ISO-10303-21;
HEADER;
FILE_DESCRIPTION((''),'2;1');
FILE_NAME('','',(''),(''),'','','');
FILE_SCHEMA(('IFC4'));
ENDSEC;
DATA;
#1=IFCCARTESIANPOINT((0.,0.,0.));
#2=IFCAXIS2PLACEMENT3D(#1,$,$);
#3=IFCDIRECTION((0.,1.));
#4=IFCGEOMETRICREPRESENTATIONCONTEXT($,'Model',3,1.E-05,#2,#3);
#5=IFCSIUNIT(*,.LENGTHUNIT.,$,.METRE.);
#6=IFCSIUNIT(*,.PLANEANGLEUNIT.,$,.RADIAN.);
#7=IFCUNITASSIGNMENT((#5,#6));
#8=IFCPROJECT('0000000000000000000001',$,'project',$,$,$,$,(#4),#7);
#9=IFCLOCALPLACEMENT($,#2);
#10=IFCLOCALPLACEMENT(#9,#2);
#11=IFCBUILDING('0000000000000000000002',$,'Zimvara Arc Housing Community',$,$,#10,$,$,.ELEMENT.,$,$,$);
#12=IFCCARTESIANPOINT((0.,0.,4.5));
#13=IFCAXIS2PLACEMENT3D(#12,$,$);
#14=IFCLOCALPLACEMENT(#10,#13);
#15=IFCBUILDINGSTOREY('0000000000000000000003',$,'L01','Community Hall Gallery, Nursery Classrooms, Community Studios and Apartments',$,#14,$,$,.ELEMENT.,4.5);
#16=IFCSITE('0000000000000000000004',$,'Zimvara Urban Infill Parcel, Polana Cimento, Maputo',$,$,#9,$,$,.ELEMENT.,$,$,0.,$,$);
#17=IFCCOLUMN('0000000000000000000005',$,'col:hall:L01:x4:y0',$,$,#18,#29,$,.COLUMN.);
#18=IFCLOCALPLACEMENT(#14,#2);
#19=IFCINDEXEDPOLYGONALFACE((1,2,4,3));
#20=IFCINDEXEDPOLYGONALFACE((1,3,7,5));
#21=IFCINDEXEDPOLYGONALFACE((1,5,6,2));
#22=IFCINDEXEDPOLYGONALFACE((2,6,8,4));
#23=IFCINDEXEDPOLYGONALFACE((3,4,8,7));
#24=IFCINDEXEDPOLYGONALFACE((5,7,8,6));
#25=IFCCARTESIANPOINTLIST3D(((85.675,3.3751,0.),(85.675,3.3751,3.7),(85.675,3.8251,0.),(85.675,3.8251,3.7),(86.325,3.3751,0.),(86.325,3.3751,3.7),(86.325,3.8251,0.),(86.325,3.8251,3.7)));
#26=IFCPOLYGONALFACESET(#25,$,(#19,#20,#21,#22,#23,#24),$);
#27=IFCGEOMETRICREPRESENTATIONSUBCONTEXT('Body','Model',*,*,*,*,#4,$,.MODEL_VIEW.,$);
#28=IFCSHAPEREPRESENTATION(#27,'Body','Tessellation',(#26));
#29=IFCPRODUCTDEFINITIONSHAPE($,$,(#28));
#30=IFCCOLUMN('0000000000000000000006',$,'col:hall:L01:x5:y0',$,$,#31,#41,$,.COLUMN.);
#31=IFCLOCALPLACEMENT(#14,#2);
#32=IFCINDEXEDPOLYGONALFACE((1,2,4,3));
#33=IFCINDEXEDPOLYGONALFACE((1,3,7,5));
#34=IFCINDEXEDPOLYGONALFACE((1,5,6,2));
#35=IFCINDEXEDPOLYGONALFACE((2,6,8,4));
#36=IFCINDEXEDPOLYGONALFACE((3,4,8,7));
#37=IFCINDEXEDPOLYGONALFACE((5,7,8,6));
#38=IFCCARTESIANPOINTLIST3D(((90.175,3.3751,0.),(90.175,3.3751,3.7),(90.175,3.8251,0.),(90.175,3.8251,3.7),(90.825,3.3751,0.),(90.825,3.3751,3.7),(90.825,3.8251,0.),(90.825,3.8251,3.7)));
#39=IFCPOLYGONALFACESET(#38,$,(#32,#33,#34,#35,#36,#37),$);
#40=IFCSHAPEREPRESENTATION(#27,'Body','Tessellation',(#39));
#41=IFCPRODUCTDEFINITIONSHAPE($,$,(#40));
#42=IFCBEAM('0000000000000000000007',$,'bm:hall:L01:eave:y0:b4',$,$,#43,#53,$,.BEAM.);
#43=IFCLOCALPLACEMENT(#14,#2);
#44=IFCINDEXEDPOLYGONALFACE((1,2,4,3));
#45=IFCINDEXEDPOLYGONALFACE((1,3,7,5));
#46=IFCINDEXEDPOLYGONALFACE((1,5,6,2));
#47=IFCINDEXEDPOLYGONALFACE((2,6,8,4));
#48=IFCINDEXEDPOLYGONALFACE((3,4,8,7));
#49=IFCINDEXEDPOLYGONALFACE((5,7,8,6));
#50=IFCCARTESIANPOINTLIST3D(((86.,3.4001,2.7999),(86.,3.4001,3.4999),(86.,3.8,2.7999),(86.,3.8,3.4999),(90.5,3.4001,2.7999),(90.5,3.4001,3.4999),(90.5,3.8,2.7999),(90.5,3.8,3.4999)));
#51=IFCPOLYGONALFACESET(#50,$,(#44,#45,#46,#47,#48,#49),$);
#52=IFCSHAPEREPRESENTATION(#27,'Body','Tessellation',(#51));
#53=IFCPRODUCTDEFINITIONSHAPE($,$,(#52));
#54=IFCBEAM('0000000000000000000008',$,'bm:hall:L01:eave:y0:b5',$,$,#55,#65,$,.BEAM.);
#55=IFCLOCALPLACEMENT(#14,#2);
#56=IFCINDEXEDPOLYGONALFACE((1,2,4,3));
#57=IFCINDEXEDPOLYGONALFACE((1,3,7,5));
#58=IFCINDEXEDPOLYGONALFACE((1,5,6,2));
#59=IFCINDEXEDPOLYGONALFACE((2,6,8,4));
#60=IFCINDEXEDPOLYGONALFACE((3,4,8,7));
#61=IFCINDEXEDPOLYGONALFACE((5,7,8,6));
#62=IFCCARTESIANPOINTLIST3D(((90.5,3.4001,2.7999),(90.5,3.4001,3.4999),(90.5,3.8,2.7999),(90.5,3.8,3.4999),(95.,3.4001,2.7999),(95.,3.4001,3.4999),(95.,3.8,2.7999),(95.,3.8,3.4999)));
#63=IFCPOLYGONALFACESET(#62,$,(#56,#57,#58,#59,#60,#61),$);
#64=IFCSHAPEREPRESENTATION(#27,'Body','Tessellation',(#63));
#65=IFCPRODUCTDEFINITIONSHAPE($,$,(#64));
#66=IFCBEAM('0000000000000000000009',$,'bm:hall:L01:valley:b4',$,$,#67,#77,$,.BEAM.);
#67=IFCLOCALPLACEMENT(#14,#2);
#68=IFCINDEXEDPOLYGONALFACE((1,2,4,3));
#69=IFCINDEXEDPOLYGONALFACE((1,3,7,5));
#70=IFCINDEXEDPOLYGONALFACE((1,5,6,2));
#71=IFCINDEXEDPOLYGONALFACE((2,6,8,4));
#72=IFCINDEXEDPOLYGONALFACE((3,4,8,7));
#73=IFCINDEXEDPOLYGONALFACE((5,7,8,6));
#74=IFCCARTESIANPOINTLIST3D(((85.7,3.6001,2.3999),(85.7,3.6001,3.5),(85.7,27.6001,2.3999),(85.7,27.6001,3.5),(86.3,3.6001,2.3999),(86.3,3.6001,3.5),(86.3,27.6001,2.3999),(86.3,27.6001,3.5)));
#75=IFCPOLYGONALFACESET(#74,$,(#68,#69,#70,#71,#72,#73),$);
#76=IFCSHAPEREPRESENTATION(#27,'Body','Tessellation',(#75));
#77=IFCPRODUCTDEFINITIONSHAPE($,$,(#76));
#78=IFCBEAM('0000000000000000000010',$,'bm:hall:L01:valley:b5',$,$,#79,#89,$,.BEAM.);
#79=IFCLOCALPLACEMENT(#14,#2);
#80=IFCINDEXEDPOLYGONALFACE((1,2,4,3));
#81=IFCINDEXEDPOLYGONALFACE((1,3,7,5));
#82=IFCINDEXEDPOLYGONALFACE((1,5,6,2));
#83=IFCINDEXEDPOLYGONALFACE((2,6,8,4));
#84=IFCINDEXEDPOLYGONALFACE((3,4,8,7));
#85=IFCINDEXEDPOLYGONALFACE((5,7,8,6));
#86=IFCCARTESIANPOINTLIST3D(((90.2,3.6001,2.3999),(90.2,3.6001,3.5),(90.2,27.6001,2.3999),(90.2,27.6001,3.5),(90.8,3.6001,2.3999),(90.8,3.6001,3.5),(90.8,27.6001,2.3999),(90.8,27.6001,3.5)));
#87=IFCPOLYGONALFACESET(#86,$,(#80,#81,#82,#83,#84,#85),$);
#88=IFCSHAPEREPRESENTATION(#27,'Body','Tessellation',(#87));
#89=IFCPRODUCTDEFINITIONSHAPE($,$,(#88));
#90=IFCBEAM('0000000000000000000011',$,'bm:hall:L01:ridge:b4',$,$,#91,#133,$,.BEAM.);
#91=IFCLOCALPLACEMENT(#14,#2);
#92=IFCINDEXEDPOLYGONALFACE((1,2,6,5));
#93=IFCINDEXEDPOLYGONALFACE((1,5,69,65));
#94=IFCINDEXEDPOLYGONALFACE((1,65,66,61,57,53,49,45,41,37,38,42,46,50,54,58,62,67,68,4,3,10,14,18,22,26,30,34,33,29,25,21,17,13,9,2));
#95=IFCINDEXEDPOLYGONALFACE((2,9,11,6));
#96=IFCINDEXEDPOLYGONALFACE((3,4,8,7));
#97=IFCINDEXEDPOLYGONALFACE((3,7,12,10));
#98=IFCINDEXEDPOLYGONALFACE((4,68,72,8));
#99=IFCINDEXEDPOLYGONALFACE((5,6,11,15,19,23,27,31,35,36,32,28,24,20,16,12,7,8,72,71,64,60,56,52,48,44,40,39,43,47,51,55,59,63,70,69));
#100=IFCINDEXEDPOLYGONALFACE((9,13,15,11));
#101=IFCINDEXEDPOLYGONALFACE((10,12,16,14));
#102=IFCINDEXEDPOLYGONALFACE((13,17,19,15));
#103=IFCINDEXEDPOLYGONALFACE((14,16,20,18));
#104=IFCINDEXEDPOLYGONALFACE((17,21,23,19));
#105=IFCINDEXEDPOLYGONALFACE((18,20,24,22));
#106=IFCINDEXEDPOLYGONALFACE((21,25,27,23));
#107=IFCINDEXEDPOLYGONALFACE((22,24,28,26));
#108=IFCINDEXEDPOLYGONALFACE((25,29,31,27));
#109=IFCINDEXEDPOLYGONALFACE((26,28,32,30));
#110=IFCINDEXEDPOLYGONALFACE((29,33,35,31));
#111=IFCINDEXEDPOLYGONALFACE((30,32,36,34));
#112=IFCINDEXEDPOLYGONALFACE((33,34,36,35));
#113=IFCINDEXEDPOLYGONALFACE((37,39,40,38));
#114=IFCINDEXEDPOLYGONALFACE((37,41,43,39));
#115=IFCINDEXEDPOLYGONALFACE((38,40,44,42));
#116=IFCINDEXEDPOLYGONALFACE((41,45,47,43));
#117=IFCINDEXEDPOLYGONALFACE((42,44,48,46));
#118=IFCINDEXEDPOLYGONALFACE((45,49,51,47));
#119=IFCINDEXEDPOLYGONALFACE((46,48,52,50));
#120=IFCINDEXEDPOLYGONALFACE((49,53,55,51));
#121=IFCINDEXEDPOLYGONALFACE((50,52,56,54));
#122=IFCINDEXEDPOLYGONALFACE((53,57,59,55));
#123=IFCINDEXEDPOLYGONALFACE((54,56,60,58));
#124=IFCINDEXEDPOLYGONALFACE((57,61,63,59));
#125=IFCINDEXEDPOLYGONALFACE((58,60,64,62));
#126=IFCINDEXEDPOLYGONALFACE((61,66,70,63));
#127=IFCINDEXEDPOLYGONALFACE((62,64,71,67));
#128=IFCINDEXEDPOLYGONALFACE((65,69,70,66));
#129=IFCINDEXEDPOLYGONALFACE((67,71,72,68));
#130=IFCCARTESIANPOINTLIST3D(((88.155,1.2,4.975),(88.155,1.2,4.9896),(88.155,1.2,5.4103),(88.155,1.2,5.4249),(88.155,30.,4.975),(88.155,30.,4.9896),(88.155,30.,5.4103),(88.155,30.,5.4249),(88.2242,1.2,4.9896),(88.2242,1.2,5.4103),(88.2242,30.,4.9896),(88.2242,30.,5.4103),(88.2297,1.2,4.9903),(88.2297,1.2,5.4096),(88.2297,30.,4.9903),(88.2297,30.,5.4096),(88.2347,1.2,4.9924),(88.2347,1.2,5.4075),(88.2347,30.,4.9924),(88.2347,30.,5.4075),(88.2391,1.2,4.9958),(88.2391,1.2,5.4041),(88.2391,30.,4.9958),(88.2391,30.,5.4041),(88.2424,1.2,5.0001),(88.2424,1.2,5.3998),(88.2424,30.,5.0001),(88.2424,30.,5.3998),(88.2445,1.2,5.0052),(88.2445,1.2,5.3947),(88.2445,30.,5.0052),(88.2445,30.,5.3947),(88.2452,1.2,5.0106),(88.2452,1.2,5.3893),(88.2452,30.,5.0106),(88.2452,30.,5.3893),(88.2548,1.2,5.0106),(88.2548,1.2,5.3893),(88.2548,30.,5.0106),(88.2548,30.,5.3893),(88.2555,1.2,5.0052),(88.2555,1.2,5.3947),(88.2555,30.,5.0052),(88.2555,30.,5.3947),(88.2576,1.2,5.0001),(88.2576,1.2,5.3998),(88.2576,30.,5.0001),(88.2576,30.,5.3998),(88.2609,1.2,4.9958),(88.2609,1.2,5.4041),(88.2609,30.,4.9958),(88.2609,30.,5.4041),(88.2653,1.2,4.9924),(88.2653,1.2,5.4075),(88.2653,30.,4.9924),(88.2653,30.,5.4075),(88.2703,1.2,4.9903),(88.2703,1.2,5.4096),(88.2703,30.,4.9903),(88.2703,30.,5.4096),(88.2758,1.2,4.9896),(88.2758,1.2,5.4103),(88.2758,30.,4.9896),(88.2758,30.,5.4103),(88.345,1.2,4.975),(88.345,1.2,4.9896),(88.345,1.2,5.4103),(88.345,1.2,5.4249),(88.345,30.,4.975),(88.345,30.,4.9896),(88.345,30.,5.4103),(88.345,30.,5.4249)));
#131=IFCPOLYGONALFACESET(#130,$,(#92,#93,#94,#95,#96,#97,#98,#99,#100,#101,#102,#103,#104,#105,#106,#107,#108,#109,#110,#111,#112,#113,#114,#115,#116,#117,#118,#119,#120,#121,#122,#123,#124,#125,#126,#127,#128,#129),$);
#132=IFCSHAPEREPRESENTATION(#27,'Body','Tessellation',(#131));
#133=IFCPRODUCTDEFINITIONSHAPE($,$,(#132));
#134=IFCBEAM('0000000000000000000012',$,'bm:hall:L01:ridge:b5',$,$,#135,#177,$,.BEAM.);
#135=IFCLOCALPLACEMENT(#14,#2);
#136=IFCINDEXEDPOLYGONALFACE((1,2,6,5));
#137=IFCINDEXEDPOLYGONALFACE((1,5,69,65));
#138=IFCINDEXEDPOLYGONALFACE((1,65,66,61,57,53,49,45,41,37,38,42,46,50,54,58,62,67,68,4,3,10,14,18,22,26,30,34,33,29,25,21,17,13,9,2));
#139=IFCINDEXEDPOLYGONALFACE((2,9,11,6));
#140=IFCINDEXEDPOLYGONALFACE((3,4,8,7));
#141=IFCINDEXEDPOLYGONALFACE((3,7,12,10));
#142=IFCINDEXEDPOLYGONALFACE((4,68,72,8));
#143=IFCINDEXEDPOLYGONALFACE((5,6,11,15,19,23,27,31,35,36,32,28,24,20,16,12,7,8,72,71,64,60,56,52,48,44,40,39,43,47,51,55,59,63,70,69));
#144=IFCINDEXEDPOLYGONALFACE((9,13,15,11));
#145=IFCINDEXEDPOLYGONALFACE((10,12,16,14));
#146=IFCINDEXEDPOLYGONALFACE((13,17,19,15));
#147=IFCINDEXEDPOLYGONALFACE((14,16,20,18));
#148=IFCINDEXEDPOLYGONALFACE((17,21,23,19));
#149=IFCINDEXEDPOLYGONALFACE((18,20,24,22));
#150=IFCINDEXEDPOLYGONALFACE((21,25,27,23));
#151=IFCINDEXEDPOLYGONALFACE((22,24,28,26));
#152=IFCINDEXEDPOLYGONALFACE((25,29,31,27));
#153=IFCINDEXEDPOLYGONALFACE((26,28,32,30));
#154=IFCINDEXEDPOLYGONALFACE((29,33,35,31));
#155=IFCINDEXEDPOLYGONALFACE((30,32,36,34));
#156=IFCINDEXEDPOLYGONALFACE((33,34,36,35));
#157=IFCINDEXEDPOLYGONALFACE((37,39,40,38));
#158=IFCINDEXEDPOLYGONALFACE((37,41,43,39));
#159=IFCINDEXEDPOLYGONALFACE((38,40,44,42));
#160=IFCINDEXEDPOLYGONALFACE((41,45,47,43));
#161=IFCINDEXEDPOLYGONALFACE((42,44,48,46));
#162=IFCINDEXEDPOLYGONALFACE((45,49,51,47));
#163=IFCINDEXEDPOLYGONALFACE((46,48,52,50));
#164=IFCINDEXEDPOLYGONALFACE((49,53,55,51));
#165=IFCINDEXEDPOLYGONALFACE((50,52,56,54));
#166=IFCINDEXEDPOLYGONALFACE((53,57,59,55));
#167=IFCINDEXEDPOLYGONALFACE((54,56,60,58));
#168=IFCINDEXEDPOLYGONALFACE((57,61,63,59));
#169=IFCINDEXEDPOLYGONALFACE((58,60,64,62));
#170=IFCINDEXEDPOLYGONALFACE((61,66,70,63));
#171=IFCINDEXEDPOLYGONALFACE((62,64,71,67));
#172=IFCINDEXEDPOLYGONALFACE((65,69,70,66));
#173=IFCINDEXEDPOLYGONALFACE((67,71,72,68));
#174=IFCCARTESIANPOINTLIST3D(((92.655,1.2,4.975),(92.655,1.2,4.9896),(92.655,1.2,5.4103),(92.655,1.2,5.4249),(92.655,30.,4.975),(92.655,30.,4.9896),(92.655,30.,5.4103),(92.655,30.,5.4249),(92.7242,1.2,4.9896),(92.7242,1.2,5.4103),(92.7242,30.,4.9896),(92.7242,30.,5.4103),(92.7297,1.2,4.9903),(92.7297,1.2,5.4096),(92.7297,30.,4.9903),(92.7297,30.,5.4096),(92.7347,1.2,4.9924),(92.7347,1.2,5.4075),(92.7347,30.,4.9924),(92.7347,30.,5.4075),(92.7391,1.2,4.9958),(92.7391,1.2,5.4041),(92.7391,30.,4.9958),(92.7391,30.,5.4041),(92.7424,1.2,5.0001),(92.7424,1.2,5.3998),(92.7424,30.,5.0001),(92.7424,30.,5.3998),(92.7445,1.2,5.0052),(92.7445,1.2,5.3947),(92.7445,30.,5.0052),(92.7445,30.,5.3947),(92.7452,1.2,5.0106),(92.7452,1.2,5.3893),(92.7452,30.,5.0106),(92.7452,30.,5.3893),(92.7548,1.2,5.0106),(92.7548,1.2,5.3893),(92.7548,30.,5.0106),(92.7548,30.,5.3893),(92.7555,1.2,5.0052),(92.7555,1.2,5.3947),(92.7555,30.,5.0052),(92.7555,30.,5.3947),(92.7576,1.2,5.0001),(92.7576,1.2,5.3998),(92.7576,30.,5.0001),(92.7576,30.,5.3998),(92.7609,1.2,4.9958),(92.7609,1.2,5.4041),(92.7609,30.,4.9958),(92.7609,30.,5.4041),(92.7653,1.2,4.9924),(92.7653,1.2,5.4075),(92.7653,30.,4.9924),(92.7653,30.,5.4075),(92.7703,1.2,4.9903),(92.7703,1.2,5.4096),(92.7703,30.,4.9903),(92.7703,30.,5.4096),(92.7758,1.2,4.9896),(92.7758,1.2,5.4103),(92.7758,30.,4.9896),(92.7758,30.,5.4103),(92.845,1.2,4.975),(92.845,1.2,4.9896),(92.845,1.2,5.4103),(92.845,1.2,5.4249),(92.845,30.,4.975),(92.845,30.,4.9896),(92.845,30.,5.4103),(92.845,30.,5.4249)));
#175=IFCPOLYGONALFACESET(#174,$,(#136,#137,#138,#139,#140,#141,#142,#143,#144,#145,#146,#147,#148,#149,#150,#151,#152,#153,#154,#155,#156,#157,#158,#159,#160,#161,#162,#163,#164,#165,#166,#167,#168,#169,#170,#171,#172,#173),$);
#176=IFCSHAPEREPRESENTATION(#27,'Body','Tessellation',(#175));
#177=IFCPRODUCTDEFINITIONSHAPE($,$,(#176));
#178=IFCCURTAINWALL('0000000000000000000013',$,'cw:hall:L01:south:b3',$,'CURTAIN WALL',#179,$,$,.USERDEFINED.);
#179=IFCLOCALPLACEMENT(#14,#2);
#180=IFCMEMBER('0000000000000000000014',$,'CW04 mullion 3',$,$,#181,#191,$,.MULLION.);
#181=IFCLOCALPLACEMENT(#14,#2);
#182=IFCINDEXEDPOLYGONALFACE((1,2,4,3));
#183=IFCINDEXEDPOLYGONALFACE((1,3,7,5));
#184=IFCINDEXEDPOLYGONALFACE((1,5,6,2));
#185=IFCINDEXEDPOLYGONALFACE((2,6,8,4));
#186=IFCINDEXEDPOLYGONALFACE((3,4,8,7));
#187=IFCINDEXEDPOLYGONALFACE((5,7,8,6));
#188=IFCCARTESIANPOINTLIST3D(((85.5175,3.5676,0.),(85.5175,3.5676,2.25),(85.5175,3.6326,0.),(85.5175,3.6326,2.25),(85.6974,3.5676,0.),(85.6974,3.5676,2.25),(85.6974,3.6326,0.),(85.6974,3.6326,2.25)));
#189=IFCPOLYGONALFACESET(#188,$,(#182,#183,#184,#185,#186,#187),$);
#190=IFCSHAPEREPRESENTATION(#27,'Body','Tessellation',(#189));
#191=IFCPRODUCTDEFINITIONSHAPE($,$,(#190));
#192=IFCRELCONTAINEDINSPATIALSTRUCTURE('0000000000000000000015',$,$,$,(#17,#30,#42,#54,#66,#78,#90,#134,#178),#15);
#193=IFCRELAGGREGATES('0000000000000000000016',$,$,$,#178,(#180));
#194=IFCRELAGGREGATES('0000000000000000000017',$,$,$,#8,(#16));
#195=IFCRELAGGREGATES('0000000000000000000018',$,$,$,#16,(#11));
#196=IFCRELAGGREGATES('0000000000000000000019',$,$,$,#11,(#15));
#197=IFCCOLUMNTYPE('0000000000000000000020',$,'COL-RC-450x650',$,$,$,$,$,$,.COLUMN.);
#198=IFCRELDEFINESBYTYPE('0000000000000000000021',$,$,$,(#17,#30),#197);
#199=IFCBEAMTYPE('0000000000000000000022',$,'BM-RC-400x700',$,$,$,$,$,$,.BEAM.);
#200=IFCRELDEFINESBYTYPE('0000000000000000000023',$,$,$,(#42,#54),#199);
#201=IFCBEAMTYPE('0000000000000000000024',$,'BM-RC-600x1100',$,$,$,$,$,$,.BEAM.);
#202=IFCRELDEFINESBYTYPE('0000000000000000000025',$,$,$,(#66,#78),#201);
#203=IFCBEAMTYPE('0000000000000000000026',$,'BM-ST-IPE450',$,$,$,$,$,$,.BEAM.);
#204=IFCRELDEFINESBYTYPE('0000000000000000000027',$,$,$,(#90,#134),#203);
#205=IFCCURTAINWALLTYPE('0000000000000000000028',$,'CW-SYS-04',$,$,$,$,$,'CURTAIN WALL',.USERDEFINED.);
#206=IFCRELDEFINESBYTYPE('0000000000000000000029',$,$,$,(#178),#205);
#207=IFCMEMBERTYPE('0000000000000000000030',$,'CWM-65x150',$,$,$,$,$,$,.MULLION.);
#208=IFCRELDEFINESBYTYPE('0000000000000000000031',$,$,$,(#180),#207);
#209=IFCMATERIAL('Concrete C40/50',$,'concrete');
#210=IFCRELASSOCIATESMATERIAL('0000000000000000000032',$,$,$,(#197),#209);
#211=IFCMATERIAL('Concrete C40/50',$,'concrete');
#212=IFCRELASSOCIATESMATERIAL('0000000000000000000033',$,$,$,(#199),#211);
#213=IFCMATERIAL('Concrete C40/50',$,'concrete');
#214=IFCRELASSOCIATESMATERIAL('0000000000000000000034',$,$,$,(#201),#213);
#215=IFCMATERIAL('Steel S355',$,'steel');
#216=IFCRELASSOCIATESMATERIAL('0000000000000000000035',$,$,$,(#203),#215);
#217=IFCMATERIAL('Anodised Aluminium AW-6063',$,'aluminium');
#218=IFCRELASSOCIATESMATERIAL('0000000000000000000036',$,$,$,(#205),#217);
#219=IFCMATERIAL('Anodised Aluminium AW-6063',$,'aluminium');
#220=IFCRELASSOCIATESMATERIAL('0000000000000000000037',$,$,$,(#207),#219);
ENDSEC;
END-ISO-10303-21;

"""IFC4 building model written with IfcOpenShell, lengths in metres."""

from ifc_helpers import new_model, si_unit, direction, frame, origin, origin_2d, place, context, subcontext, project, spatial, rectangle, i_section, extrude, material, material_profile, profile_set, type_object, element, aggregate, save


model = new_model("IFC4")

# Units and contexts
model_context = context("Model", 3, precision=1e-05, world=origin(), true_north=direction((0.0, 1.0)))
body_context = subcontext(model_context, "Body", "Model", "MODEL_VIEW")
ifc_project = project(units=[si_unit("LENGTHUNIT", "METRE"), si_unit("PLANEANGLEUNIT", "RADIAN")], contexts=[model_context])

# Site, building, storey
site_placement = place(None, origin())
site = spatial("IfcSite", under=ifc_project, at=site_placement, Name="Zimvara Urban Infill Parcel, Polana Cimento, Maputo", CompositionType="ELEMENT", RefElevation=0.0)
building_placement = place(site_placement, origin())
building = spatial("IfcBuilding", under=site, at=building_placement, Name="Zimvara Arc Housing Community", CompositionType="ELEMENT")
storey_placement = place(building_placement, frame((0.0, 0.0, 4.5)))
storey = spatial("IfcBuildingStorey", under=building, at=storey_placement, Name="L01", Description="Community Hall Gallery, Nursery Classrooms, Community Studios and Apartments", CompositionType="ELEMENT", Elevation=4.5)

# Columns
ifc_material_1 = material(Name="Concrete C40/50", Category="concrete")
ifc_material_profile_1 = material_profile(ifc_material_1, rectangle(XDim=0.45, YDim=0.6499, at=origin_2d()), Name="RC 450x650")
ifc_profile_set_1 = profile_set([ifc_material_profile_1], Name="Concrete C40/50")
column_type = type_object("IfcColumnType", Name="COL-RC-450x650", PredefinedType="COLUMN", material=ifc_profile_set_1)
for number, where, z_axis, x_axis, name in (
    (1, (86.0, 3.6001, 0.0), (0.0, 0.0, 1.0), (0.0, 1.0, 0.0), "col:hall:L01:x4:y0"),
    (2, (90.5, 3.6001, 0.0), (0.0, 0.0, 1.0), (0.0, 1.0, 0.0), "col:hall:L01:x5:y0"),
):
    element("IfcColumn", number, at=place(storey_placement, frame(where, z_axis=z_axis, x_axis=x_axis)), inside=storey, type_object=column_type, Name=name, PredefinedType="COLUMN", context=body_context, shape_type="SweptSolid", body=[
        extrude(rectangle(XDim=0.45, YDim=0.6499, at=origin_2d()), origin(), (0.0, 0.0, 1.0), 3.7),
    ])

# Beams
ifc_material_2 = material(Name="Concrete C40/50", Category="concrete")
ifc_material_profile_2 = material_profile(ifc_material_2, rectangle(XDim=0.3999, YDim=0.7, at=origin_2d()), Name="RC 400x700")
ifc_profile_set_2 = profile_set([ifc_material_profile_2], Name="Concrete C40/50")
beam_type_1 = type_object("IfcBeamType", Name="BM-RC-400x700", PredefinedType="BEAM", material=ifc_profile_set_2)
for number, where, z_axis, x_axis, name in (
    (3, (86.0, 3.6001, 3.1499), (1.0, 0.0, 0.0), (0.0, 1.0, 0.0), "bm:hall:L01:eave:y0:b4"),
    (4, (90.5, 3.6001, 3.1499), (1.0, 0.0, 0.0), (0.0, 1.0, 0.0), "bm:hall:L01:eave:y0:b5"),
):
    element("IfcBeam", number, at=place(storey_placement, frame(where, z_axis=z_axis, x_axis=x_axis)), inside=storey, type_object=beam_type_1, Name=name, PredefinedType="BEAM", context=body_context, shape_type="SweptSolid", body=[
        extrude(rectangle(XDim=0.3999, YDim=0.7, at=origin_2d()), origin(), (0.0, 0.0, 1.0), 4.5),
    ])
ifc_material_3 = material(Name="Concrete C40/50", Category="concrete")
ifc_material_profile_3 = material_profile(ifc_material_3, rectangle(XDim=0.6001, YDim=1.1001, at=origin_2d()), Name="RC 600x1100")
ifc_profile_set_3 = profile_set([ifc_material_profile_3], Name="Concrete C40/50")
beam_type_2 = type_object("IfcBeamType", Name="BM-RC-600x1100", PredefinedType="BEAM", material=ifc_profile_set_3)
for number, where, z_axis, x_axis, name in (
    (5, (86.0, 3.6001, 2.95), (0.0, 1.0, 0.0), (-1.0, 0.0, 0.0), "bm:hall:L01:valley:b4"),
    (6, (90.5, 3.6001, 2.95), (0.0, 1.0, 0.0), (-1.0, 0.0, 0.0), "bm:hall:L01:valley:b5"),
):
    element("IfcBeam", number, at=place(storey_placement, frame(where, z_axis=z_axis, x_axis=x_axis)), inside=storey, type_object=beam_type_2, Name=name, PredefinedType="BEAM", context=body_context, shape_type="SweptSolid", body=[
        extrude(rectangle(XDim=0.6001, YDim=1.1001, at=origin_2d()), origin(), (0.0, 0.0, 1.0), 24.0),
    ])
ifc_material_4 = material(Name="Steel S355", Category="steel")
ifc_material_profile_4 = material_profile(ifc_material_4, i_section(OverallWidth=0.1899, OverallDepth=0.45, WebThickness=0.0095, FlangeThickness=0.0146, FilletRadius=0.021, at=origin_2d()), Name="IPE 450")
ifc_profile_set_4 = profile_set([ifc_material_profile_4], Name="Steel S355")
beam_type_3 = type_object("IfcBeamType", Name="BM-ST-IPE450", PredefinedType="BEAM", material=ifc_profile_set_4)
for number, where, z_axis, x_axis, name in (
    (7, (88.25, 1.2, 5.2), (0.0, 1.0, 0.0), (-1.0, 0.0, 0.0), "bm:hall:L01:ridge:b4"),
    (8, (92.75, 1.2, 5.2), (0.0, 1.0, 0.0), (-1.0, 0.0, 0.0), "bm:hall:L01:ridge:b5"),
):
    element("IfcBeam", number, at=place(storey_placement, frame(where, z_axis=z_axis, x_axis=x_axis)), inside=storey, type_object=beam_type_3, Name=name, PredefinedType="BEAM", context=body_context, shape_type="SweptSolid", body=[
        extrude(i_section(OverallWidth=0.1899, OverallDepth=0.45, WebThickness=0.0095, FlangeThickness=0.0146, FilletRadius=0.021, at=origin_2d()), origin(), (0.0, 0.0, 1.0), 28.8),
    ])

# Curtain wall, member
ifc_material_5 = material(Name="Anodised Aluminium AW-6063", Category="aluminium")
curtain_wall_type_1 = type_object("IfcCurtainWallType", Name="CW-SYS-04", ElementType="CURTAIN WALL", PredefinedType="USERDEFINED", material=ifc_material_5)
curtain_wall_1_placement = place(storey_placement, origin())
curtain_wall_1 = element("IfcCurtainWall", 9, at=curtain_wall_1_placement, inside=storey, type_object=curtain_wall_type_1, Name="cw:hall:L01:south:b3", ObjectType="CURTAIN WALL", PredefinedType="USERDEFINED")
ifc_material_6 = material(Name="Anodised Aluminium AW-6063", Category="aluminium")
ifc_material_profile_5 = material_profile(ifc_material_6, rectangle(XDim=0.0649, YDim=0.1799, at=origin_2d()), Name="ALU 65x180")
ifc_profile_set_5 = profile_set([ifc_material_profile_5], Name="Anodised Aluminium AW-6063")
member_type_1 = type_object("IfcMemberType", Name="CWM-65x150", PredefinedType="MULLION", material=ifc_profile_set_5)
member_1_placement = place(storey_placement, frame((85.6074, 3.6001, 0.0), z_axis=(0.0, 0.0, 1.0), x_axis=(0.0, 1.0, 0.0)))
member_1 = element("IfcMember", 10, at=member_1_placement, type_object=member_type_1, Name="CW04 mullion 3", PredefinedType="MULLION", context=body_context, shape_type="SweptSolid", body=[
    extrude(rectangle(XDim=0.0649, YDim=0.1799, at=origin_2d()), origin(), (0.0, 0.0, 1.0), 2.25),
])
aggregate(curtain_wall_1, [member_1])

save(model, "model.ifc")
